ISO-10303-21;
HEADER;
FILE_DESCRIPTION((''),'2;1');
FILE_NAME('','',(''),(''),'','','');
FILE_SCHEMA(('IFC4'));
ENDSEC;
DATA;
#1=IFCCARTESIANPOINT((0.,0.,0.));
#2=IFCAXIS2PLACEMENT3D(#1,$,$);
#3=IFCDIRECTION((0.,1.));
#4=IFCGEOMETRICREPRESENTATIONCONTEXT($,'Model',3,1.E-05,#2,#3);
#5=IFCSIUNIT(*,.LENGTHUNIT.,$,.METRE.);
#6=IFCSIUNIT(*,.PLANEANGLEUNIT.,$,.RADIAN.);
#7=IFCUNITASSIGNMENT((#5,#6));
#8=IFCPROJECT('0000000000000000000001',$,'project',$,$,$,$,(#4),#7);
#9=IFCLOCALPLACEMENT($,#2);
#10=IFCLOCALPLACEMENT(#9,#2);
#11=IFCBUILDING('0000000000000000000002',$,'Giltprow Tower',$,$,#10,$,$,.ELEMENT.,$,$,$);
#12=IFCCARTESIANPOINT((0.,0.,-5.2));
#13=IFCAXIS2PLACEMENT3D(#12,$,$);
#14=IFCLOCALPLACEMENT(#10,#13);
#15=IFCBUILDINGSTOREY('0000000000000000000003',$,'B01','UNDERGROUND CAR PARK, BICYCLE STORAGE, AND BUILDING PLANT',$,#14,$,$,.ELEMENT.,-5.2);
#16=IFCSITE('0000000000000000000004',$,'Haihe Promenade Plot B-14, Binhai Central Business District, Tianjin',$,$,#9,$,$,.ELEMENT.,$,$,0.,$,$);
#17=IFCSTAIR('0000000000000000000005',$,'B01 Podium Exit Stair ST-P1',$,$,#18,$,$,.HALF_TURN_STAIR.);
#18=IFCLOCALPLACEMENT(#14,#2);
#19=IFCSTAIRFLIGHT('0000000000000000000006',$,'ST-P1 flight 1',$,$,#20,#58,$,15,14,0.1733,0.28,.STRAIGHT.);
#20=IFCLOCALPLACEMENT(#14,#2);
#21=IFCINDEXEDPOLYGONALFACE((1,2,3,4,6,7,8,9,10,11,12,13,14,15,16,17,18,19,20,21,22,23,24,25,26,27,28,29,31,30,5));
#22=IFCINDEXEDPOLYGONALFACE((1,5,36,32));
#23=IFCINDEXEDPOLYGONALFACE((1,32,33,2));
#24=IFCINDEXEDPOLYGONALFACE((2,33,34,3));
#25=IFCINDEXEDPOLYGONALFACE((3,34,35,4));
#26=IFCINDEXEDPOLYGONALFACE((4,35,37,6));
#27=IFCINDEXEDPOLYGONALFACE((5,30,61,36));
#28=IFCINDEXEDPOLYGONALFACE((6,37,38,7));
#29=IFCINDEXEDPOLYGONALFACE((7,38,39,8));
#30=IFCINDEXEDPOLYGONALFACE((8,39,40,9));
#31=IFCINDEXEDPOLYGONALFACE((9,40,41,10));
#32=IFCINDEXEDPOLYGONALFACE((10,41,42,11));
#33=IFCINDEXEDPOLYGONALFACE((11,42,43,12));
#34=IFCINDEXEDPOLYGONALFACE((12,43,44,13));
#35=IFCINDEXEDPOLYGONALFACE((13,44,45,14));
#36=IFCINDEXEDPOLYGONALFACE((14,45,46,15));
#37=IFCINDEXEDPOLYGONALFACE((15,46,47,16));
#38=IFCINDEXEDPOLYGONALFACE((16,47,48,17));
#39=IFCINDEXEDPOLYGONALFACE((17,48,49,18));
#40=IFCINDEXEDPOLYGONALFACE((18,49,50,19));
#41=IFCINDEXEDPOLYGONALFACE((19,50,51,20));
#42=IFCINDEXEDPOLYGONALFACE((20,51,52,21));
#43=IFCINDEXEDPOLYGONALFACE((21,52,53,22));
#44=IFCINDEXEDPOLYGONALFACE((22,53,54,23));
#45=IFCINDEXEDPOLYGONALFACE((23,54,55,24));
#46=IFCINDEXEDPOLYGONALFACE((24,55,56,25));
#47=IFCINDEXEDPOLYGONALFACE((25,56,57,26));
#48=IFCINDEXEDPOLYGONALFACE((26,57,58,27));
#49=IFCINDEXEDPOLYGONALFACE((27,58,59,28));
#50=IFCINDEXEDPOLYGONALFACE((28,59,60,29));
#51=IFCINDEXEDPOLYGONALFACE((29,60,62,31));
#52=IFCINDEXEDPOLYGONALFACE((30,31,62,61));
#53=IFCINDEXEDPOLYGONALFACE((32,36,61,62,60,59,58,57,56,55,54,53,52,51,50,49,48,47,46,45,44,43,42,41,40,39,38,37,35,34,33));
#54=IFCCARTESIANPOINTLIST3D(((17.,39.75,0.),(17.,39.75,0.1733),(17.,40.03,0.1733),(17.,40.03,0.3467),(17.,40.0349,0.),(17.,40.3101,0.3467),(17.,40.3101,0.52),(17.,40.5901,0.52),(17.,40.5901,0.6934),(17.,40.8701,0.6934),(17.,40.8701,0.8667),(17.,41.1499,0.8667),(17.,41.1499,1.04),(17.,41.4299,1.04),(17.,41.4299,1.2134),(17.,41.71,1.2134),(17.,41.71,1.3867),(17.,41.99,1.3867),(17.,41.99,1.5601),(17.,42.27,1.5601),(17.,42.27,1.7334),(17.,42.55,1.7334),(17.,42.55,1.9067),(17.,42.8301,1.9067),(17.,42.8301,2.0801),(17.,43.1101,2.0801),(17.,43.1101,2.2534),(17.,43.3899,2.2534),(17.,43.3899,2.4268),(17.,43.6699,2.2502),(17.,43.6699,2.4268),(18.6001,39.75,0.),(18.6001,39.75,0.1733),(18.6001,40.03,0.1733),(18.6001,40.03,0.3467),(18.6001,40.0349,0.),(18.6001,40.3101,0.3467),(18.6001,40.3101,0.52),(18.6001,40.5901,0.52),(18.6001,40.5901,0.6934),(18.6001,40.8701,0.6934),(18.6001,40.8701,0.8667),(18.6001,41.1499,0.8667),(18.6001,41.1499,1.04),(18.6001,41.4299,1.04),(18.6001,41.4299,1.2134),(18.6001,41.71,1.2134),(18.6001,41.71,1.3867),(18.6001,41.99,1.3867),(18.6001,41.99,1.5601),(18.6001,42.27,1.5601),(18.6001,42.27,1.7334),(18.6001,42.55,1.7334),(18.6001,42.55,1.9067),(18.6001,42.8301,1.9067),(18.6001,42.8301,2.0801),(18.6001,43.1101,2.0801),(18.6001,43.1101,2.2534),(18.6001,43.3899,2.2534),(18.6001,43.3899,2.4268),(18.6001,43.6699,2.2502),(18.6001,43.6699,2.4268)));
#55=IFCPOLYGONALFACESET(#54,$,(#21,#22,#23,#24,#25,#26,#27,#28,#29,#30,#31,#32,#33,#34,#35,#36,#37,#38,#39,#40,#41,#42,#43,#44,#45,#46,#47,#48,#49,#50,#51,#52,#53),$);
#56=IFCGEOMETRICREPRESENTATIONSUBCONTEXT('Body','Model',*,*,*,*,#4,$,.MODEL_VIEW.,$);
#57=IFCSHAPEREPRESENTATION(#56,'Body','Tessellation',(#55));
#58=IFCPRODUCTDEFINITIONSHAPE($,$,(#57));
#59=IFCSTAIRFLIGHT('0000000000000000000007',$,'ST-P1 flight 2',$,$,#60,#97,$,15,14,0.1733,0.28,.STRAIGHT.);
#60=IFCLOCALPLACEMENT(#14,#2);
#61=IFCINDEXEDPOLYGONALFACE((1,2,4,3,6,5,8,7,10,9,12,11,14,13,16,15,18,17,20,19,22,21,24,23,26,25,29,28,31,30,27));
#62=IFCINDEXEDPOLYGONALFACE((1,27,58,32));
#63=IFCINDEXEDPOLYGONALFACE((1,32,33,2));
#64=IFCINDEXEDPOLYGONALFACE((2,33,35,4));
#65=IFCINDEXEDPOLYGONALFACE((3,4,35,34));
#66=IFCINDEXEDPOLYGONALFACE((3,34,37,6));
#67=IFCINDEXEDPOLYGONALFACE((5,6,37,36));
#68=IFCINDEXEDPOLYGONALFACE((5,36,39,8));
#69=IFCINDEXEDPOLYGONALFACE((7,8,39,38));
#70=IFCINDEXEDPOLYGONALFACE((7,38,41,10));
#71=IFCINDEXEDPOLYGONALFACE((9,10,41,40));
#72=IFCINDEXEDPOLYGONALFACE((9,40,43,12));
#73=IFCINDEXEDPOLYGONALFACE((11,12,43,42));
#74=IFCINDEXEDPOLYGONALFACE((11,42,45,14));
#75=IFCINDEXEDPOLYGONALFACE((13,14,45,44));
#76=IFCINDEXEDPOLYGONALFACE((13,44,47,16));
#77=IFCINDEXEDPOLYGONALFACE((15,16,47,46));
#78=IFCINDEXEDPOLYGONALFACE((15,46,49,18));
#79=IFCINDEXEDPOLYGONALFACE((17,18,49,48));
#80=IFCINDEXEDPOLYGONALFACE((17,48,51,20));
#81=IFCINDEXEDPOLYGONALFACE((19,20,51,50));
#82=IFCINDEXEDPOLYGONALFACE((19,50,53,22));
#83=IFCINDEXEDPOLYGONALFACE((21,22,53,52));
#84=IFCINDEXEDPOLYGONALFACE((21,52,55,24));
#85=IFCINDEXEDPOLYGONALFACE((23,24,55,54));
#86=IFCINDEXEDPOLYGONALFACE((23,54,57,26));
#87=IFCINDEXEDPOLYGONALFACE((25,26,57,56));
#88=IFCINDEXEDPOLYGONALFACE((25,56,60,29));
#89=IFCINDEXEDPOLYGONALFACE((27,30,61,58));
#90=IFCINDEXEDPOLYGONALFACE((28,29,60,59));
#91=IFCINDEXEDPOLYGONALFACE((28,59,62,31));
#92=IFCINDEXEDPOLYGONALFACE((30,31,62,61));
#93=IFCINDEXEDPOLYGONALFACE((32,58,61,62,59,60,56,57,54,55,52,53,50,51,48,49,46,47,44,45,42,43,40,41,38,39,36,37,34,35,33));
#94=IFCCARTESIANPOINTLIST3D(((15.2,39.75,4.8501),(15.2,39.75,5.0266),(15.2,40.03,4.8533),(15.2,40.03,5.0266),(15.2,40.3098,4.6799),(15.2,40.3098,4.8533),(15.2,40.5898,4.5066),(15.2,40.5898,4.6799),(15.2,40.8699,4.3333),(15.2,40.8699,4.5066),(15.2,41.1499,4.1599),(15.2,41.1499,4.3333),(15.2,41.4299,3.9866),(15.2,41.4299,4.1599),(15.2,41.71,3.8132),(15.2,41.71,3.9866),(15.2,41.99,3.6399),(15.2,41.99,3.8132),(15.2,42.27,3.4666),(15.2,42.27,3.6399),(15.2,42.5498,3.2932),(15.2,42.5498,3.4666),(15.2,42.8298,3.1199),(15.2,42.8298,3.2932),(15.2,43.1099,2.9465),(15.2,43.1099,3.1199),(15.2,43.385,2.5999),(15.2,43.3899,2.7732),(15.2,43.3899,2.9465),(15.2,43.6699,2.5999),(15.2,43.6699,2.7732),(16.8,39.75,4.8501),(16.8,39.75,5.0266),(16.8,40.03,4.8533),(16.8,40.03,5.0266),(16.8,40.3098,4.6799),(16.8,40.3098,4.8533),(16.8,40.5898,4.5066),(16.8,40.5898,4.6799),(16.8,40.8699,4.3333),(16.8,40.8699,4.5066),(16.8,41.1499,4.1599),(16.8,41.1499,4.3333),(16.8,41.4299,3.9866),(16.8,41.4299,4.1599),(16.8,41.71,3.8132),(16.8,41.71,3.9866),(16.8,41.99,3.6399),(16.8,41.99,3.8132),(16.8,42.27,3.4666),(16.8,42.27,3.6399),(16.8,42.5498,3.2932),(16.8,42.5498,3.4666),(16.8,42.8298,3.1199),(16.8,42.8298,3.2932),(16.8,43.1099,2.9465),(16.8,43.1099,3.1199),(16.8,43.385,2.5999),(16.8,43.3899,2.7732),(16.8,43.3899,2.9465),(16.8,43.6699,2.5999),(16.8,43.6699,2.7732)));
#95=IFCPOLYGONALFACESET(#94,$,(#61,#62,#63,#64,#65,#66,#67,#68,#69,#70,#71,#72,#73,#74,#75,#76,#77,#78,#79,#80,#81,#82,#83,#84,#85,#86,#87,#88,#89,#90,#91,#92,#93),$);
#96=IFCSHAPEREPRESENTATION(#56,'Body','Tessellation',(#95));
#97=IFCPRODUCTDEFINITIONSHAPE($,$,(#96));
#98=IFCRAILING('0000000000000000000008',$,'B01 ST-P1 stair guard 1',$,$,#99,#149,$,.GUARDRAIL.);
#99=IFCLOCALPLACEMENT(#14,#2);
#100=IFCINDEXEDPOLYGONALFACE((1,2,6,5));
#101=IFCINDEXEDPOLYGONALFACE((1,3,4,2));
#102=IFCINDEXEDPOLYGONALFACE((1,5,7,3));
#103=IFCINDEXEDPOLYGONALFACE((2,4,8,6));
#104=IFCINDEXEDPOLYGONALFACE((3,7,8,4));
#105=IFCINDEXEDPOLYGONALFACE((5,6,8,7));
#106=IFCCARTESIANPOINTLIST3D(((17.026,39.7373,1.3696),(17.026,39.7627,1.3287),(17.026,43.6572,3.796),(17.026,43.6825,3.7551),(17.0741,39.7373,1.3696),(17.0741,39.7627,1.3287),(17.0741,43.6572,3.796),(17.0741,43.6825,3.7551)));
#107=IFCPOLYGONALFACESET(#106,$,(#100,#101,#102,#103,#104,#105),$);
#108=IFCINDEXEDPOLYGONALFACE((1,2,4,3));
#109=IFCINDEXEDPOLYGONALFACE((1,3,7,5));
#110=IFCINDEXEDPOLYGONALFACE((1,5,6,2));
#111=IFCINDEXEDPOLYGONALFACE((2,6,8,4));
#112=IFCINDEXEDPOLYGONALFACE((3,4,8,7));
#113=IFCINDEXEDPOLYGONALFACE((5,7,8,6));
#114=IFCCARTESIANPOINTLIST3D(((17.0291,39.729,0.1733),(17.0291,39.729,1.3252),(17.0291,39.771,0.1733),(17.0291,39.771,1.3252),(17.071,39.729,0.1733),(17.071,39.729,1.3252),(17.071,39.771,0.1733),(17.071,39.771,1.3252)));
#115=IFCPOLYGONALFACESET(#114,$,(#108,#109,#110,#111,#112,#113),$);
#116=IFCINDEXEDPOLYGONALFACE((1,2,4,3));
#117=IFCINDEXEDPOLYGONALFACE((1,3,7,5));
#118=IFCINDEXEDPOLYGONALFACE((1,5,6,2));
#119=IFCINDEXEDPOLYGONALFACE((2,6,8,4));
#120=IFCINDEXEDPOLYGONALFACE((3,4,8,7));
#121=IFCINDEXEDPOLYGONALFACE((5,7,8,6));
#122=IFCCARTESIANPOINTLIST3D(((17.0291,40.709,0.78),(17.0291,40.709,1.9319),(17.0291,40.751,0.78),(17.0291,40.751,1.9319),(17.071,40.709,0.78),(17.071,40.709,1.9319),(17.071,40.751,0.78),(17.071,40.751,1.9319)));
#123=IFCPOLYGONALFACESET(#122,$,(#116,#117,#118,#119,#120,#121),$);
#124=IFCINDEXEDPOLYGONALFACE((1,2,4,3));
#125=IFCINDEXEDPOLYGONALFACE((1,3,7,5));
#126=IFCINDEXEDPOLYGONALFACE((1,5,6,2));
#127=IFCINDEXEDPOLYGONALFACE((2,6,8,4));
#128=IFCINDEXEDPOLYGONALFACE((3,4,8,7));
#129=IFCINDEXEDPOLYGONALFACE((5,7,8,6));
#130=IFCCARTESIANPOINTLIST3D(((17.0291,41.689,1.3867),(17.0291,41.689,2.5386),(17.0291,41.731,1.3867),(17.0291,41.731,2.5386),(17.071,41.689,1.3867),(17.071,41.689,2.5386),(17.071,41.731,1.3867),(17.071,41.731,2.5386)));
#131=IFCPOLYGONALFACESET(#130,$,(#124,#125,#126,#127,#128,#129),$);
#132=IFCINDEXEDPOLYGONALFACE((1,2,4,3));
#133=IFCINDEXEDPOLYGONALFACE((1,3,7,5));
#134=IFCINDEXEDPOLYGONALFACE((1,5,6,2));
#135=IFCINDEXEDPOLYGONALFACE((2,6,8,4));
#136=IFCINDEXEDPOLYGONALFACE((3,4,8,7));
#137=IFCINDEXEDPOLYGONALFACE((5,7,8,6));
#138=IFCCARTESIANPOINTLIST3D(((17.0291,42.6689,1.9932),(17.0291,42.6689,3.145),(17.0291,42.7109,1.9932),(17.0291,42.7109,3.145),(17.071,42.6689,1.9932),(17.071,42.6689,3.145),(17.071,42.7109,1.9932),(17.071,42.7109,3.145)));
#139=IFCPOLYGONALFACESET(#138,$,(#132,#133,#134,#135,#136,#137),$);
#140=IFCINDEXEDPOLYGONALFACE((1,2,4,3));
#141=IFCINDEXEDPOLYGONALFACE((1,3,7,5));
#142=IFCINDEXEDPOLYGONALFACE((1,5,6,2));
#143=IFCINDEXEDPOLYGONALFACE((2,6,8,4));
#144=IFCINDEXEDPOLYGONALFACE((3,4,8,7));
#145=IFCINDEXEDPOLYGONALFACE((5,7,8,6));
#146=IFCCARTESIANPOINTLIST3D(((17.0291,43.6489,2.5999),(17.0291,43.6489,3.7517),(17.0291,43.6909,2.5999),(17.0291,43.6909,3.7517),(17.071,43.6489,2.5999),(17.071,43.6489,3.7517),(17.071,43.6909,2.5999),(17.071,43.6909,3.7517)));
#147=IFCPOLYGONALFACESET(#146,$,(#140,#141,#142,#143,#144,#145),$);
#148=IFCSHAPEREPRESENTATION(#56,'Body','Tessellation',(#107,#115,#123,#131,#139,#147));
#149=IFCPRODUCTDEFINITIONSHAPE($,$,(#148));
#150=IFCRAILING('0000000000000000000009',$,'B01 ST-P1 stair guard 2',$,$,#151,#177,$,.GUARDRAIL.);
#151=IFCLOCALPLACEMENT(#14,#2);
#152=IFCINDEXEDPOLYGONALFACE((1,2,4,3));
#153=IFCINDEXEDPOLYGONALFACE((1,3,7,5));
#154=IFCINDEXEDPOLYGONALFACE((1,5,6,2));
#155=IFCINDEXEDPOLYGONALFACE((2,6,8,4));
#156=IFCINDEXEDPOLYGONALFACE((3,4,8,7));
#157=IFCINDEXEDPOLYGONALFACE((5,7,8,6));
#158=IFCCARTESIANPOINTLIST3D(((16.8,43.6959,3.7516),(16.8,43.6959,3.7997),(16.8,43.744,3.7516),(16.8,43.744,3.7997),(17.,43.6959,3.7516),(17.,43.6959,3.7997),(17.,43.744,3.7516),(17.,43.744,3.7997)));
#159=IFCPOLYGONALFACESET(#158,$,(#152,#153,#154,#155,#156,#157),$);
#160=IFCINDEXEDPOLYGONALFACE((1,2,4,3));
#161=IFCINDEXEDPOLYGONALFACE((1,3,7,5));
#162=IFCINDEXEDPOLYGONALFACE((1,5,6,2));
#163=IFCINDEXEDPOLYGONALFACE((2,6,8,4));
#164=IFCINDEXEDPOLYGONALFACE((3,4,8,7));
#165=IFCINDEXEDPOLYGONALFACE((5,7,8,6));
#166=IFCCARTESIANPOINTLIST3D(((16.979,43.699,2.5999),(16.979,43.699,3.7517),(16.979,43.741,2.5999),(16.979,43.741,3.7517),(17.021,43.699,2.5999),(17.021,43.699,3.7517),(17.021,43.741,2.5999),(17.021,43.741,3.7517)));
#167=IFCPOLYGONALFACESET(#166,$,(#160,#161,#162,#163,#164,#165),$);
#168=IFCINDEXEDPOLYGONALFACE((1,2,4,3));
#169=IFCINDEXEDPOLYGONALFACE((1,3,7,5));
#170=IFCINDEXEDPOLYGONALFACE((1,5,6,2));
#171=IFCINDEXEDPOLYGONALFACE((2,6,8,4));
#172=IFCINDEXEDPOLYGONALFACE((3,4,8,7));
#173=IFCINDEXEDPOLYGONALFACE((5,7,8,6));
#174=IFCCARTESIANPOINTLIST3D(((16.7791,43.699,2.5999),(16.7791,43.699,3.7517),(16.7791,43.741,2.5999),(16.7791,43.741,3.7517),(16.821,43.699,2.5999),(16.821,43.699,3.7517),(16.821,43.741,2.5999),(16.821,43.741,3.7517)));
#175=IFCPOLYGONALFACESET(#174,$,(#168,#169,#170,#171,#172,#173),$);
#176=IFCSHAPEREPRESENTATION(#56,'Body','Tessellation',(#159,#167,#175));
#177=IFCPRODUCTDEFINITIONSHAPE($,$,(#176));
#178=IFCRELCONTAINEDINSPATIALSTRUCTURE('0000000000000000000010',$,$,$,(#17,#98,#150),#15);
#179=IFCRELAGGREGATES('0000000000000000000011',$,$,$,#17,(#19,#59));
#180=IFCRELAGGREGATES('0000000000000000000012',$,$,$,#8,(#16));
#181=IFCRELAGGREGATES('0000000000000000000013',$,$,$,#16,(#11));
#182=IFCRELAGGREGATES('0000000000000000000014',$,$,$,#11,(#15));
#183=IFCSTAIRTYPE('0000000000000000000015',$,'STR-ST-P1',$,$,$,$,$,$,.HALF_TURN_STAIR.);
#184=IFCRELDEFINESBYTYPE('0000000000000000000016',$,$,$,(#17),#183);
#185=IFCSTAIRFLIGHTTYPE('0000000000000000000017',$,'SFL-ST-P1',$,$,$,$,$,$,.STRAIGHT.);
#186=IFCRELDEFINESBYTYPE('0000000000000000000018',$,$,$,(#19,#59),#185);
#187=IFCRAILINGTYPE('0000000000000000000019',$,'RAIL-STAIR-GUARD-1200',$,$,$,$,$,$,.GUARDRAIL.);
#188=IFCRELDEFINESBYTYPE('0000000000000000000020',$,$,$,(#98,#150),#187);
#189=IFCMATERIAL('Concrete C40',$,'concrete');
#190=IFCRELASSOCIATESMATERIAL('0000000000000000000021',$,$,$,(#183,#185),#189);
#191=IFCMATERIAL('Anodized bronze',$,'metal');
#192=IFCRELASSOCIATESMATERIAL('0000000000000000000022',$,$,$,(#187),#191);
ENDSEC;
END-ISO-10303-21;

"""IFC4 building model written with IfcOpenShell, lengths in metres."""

from ifc_helpers import new_model, si_unit, direction, frame, origin, origin_2d, place, context, subcontext, project, spatial, polyline, rectangle, outline, extrude, material, type_object, element, aggregate, save


model = new_model("IFC4")

# Units and contexts
model_context = context("Model", 3, precision=1e-05, world=origin(), true_north=direction((0.0, 1.0)))
body_context = subcontext(model_context, "Body", "Model", "MODEL_VIEW")
ifc_project = project(units=[si_unit("LENGTHUNIT", "METRE"), si_unit("PLANEANGLEUNIT", "RADIAN")], contexts=[model_context])

# Site, building, storey
site_placement = place(None, origin())
site = spatial("IfcSite", under=ifc_project, at=site_placement, Name="Haihe Promenade Plot B-14, Binhai Central Business District, Tianjin", CompositionType="ELEMENT", RefElevation=0.0)
building_placement = place(site_placement, origin())
building = spatial("IfcBuilding", under=site, at=building_placement, Name="Giltprow Tower", CompositionType="ELEMENT")
storey_placement = place(building_placement, frame((0.0, 0.0, -5.2)))
storey = spatial("IfcBuildingStorey", under=building, at=storey_placement, Name="B01", Description="UNDERGROUND CAR PARK, BICYCLE STORAGE, AND BUILDING PLANT", CompositionType="ELEMENT", Elevation=-5.2)

# Shared definitions
ifc_material_1 = material(Name="Concrete C40", Category="concrete")

# Stair, stair flights
stair_type = type_object("IfcStairType", Name="STR-ST-P1", PredefinedType="HALF_TURN_STAIR", material=ifc_material_1)
stair_placement = place(storey_placement, origin())
stair = element("IfcStair", 1, at=stair_placement, inside=storey, type_object=stair_type, Name="B01 Podium Exit Stair ST-P1", PredefinedType="HALF_TURN_STAIR")
stair_flight_type = type_object("IfcStairFlightType", Name="SFL-ST-P1", PredefinedType="STRAIGHT", material=ifc_material_1)
stair_flight_1_placement = place(storey_placement, frame((17.8, 39.75, 0.0), z_axis=(0.0, 0.0, 1.0), x_axis=(0.0, 1.0, 0.0)))
stair_flight_1 = element("IfcStairFlight", 2, at=stair_flight_1_placement, type_object=stair_flight_type, Name="ST-P1 flight 1", NumberOfRisers=15, NumberOfTreads=14, PredefinedType="STRAIGHT", RiserHeight=0.1733, TreadLength=0.28, context=body_context, shape_type="SweptSolid", body=[
    extrude(outline(polyline([(0.0, 0.0), (0.0, 0.1733), (0.28, 0.1733), (0.28, 0.3467), (0.5601, 0.3467), (0.5601, 0.52), (0.8401, 0.52), (0.8401, 0.6934), (1.1201, 0.6934), (1.1201, 0.8667), (1.3999, 0.8667), (1.3999, 1.04), (1.6799, 1.04), (1.6799, 1.2134), (1.96, 1.2134), (1.96, 1.3867), (2.24, 1.3867), (2.24, 1.5601), (2.52, 1.5601), (2.52, 1.7334), (2.8, 1.7334), (2.8, 1.9067), (3.0801, 1.9067), (3.0801, 2.0801), (3.3601, 2.0801), (3.3601, 2.2534), (3.6399, 2.2534), (3.6399, 2.4268), (3.9199, 2.4268), (3.9199, 2.6001), (3.9199, 2.2502), (0.2849, 0.0), (0.0, 0.0)])), frame((0.0, 0.8, 0.0), z_axis=(0.0, -1.0, 0.0), x_axis=(1.0, 0.0, 0.0)), (0.0, 0.0, 1.0), 1.6001),
])
stair_flight_2_placement = place(storey_placement, frame((16.0, 43.6699, 2.5999), z_axis=(0.0, 0.0, 1.0), x_axis=(0.0, -1.0, 0.0)))
stair_flight_2 = element("IfcStairFlight", 3, at=stair_flight_2_placement, type_object=stair_flight_type, Name="ST-P1 flight 2", NumberOfRisers=15, NumberOfTreads=14, PredefinedType="STRAIGHT", RiserHeight=0.1733, TreadLength=0.28, context=body_context, shape_type="SweptSolid", body=[
    extrude(outline(polyline([(0.0, 0.0), (0.0, 0.1733), (0.28, 0.1733), (0.28, 0.3467), (0.5601, 0.3467), (0.5601, 0.52), (0.8401, 0.52), (0.8401, 0.6934), (1.1201, 0.6934), (1.1201, 0.8667), (1.3999, 0.8667), (1.3999, 1.04), (1.6799, 1.04), (1.6799, 1.2134), (1.96, 1.2134), (1.96, 1.3867), (2.24, 1.3867), (2.24, 1.5601), (2.52, 1.5601), (2.52, 1.7334), (2.8, 1.7334), (2.8, 1.9067), (3.0801, 1.9067), (3.0801, 2.0801), (3.3601, 2.0801), (3.3601, 2.2534), (3.6399, 2.2534), (3.6399, 2.4268), (3.9199, 2.4268), (3.9199, 2.6001), (3.9199, 2.2502), (0.2849, 0.0), (0.0, 0.0)])), frame((0.0, 0.8, 0.0), z_axis=(0.0, -1.0, 0.0), x_axis=(1.0, 0.0, 0.0)), (0.0, 0.0, 1.0), 1.6001),
])
aggregate(stair, [stair_flight_1, stair_flight_2])

# Railings
ifc_material_2 = material(Name="Anodized bronze", Category="metal")
railing_type_1 = type_object("IfcRailingType", Name="RAIL-STAIR-GUARD-1200", PredefinedType="GUARDRAIL", material=ifc_material_2)
railing_1_placement = place(storey_placement, frame((17.05, 39.75, 0.1733)))
element("IfcRailing", 4, at=railing_1_placement, inside=storey, type_object=railing_type_1, Name="B01 ST-P1 stair guard 1", PredefinedType="GUARDRAIL", context=body_context, shape_type="SweptSolid", body=[
    extrude(rectangle(XDim=0.0481, YDim=0.0481, at=origin_2d()), frame((0.0, 0.0, 1.1758), z_axis=(0.0, 0.850275, 0.526338), x_axis=(-1.0, 0.0, 0.0)), (0.0, 0.0, 1.0), 4.6101),
    extrude(rectangle(XDim=0.042, YDim=0.042, at=origin_2d()), origin(), (0.0, 0.0, 1.0), 1.1519),
    extrude(rectangle(XDim=0.042, YDim=0.042, at=origin_2d()), frame((0.0, 0.98, 0.6067)), (0.0, 0.0, 1.0), 1.1519),
    extrude(rectangle(XDim=0.042, YDim=0.042, at=origin_2d()), frame((0.0, 1.96, 1.2134)), (0.0, 0.0, 1.0), 1.1519),
    extrude(rectangle(XDim=0.042, YDim=0.042, at=origin_2d()), frame((0.0, 2.9399, 1.8198)), (0.0, 0.0, 1.0), 1.1519),
    extrude(rectangle(XDim=0.042, YDim=0.042, at=origin_2d()), frame((0.0, 3.9199, 2.4265)), (0.0, 0.0, 1.0), 1.1519),
])
railing_2_placement = place(storey_placement, frame((17.0, 43.72, 2.5999)))
element("IfcRailing", 5, at=railing_2_placement, inside=storey, type_object=railing_type_1, Name="B01 ST-P1 stair guard 2", PredefinedType="GUARDRAIL", context=body_context, shape_type="SweptSolid", body=[
    extrude(rectangle(XDim=0.0481, YDim=0.0481, at=origin_2d()), frame((0.0, 0.0, 1.1758), z_axis=(-1.0, 0.0, 0.0), x_axis=(0.0, -1.0, 0.0)), (0.0, 0.0, 1.0), 0.2),
    extrude(rectangle(XDim=0.042, YDim=0.042, at=origin_2d()), origin(), (0.0, 0.0, 1.0), 1.1519),
    extrude(rectangle(XDim=0.042, YDim=0.042, at=origin_2d()), frame((-0.2, 0.0, 0.0)), (0.0, 0.0, 1.0), 1.1519),
])

save(model, "model.ifc")
